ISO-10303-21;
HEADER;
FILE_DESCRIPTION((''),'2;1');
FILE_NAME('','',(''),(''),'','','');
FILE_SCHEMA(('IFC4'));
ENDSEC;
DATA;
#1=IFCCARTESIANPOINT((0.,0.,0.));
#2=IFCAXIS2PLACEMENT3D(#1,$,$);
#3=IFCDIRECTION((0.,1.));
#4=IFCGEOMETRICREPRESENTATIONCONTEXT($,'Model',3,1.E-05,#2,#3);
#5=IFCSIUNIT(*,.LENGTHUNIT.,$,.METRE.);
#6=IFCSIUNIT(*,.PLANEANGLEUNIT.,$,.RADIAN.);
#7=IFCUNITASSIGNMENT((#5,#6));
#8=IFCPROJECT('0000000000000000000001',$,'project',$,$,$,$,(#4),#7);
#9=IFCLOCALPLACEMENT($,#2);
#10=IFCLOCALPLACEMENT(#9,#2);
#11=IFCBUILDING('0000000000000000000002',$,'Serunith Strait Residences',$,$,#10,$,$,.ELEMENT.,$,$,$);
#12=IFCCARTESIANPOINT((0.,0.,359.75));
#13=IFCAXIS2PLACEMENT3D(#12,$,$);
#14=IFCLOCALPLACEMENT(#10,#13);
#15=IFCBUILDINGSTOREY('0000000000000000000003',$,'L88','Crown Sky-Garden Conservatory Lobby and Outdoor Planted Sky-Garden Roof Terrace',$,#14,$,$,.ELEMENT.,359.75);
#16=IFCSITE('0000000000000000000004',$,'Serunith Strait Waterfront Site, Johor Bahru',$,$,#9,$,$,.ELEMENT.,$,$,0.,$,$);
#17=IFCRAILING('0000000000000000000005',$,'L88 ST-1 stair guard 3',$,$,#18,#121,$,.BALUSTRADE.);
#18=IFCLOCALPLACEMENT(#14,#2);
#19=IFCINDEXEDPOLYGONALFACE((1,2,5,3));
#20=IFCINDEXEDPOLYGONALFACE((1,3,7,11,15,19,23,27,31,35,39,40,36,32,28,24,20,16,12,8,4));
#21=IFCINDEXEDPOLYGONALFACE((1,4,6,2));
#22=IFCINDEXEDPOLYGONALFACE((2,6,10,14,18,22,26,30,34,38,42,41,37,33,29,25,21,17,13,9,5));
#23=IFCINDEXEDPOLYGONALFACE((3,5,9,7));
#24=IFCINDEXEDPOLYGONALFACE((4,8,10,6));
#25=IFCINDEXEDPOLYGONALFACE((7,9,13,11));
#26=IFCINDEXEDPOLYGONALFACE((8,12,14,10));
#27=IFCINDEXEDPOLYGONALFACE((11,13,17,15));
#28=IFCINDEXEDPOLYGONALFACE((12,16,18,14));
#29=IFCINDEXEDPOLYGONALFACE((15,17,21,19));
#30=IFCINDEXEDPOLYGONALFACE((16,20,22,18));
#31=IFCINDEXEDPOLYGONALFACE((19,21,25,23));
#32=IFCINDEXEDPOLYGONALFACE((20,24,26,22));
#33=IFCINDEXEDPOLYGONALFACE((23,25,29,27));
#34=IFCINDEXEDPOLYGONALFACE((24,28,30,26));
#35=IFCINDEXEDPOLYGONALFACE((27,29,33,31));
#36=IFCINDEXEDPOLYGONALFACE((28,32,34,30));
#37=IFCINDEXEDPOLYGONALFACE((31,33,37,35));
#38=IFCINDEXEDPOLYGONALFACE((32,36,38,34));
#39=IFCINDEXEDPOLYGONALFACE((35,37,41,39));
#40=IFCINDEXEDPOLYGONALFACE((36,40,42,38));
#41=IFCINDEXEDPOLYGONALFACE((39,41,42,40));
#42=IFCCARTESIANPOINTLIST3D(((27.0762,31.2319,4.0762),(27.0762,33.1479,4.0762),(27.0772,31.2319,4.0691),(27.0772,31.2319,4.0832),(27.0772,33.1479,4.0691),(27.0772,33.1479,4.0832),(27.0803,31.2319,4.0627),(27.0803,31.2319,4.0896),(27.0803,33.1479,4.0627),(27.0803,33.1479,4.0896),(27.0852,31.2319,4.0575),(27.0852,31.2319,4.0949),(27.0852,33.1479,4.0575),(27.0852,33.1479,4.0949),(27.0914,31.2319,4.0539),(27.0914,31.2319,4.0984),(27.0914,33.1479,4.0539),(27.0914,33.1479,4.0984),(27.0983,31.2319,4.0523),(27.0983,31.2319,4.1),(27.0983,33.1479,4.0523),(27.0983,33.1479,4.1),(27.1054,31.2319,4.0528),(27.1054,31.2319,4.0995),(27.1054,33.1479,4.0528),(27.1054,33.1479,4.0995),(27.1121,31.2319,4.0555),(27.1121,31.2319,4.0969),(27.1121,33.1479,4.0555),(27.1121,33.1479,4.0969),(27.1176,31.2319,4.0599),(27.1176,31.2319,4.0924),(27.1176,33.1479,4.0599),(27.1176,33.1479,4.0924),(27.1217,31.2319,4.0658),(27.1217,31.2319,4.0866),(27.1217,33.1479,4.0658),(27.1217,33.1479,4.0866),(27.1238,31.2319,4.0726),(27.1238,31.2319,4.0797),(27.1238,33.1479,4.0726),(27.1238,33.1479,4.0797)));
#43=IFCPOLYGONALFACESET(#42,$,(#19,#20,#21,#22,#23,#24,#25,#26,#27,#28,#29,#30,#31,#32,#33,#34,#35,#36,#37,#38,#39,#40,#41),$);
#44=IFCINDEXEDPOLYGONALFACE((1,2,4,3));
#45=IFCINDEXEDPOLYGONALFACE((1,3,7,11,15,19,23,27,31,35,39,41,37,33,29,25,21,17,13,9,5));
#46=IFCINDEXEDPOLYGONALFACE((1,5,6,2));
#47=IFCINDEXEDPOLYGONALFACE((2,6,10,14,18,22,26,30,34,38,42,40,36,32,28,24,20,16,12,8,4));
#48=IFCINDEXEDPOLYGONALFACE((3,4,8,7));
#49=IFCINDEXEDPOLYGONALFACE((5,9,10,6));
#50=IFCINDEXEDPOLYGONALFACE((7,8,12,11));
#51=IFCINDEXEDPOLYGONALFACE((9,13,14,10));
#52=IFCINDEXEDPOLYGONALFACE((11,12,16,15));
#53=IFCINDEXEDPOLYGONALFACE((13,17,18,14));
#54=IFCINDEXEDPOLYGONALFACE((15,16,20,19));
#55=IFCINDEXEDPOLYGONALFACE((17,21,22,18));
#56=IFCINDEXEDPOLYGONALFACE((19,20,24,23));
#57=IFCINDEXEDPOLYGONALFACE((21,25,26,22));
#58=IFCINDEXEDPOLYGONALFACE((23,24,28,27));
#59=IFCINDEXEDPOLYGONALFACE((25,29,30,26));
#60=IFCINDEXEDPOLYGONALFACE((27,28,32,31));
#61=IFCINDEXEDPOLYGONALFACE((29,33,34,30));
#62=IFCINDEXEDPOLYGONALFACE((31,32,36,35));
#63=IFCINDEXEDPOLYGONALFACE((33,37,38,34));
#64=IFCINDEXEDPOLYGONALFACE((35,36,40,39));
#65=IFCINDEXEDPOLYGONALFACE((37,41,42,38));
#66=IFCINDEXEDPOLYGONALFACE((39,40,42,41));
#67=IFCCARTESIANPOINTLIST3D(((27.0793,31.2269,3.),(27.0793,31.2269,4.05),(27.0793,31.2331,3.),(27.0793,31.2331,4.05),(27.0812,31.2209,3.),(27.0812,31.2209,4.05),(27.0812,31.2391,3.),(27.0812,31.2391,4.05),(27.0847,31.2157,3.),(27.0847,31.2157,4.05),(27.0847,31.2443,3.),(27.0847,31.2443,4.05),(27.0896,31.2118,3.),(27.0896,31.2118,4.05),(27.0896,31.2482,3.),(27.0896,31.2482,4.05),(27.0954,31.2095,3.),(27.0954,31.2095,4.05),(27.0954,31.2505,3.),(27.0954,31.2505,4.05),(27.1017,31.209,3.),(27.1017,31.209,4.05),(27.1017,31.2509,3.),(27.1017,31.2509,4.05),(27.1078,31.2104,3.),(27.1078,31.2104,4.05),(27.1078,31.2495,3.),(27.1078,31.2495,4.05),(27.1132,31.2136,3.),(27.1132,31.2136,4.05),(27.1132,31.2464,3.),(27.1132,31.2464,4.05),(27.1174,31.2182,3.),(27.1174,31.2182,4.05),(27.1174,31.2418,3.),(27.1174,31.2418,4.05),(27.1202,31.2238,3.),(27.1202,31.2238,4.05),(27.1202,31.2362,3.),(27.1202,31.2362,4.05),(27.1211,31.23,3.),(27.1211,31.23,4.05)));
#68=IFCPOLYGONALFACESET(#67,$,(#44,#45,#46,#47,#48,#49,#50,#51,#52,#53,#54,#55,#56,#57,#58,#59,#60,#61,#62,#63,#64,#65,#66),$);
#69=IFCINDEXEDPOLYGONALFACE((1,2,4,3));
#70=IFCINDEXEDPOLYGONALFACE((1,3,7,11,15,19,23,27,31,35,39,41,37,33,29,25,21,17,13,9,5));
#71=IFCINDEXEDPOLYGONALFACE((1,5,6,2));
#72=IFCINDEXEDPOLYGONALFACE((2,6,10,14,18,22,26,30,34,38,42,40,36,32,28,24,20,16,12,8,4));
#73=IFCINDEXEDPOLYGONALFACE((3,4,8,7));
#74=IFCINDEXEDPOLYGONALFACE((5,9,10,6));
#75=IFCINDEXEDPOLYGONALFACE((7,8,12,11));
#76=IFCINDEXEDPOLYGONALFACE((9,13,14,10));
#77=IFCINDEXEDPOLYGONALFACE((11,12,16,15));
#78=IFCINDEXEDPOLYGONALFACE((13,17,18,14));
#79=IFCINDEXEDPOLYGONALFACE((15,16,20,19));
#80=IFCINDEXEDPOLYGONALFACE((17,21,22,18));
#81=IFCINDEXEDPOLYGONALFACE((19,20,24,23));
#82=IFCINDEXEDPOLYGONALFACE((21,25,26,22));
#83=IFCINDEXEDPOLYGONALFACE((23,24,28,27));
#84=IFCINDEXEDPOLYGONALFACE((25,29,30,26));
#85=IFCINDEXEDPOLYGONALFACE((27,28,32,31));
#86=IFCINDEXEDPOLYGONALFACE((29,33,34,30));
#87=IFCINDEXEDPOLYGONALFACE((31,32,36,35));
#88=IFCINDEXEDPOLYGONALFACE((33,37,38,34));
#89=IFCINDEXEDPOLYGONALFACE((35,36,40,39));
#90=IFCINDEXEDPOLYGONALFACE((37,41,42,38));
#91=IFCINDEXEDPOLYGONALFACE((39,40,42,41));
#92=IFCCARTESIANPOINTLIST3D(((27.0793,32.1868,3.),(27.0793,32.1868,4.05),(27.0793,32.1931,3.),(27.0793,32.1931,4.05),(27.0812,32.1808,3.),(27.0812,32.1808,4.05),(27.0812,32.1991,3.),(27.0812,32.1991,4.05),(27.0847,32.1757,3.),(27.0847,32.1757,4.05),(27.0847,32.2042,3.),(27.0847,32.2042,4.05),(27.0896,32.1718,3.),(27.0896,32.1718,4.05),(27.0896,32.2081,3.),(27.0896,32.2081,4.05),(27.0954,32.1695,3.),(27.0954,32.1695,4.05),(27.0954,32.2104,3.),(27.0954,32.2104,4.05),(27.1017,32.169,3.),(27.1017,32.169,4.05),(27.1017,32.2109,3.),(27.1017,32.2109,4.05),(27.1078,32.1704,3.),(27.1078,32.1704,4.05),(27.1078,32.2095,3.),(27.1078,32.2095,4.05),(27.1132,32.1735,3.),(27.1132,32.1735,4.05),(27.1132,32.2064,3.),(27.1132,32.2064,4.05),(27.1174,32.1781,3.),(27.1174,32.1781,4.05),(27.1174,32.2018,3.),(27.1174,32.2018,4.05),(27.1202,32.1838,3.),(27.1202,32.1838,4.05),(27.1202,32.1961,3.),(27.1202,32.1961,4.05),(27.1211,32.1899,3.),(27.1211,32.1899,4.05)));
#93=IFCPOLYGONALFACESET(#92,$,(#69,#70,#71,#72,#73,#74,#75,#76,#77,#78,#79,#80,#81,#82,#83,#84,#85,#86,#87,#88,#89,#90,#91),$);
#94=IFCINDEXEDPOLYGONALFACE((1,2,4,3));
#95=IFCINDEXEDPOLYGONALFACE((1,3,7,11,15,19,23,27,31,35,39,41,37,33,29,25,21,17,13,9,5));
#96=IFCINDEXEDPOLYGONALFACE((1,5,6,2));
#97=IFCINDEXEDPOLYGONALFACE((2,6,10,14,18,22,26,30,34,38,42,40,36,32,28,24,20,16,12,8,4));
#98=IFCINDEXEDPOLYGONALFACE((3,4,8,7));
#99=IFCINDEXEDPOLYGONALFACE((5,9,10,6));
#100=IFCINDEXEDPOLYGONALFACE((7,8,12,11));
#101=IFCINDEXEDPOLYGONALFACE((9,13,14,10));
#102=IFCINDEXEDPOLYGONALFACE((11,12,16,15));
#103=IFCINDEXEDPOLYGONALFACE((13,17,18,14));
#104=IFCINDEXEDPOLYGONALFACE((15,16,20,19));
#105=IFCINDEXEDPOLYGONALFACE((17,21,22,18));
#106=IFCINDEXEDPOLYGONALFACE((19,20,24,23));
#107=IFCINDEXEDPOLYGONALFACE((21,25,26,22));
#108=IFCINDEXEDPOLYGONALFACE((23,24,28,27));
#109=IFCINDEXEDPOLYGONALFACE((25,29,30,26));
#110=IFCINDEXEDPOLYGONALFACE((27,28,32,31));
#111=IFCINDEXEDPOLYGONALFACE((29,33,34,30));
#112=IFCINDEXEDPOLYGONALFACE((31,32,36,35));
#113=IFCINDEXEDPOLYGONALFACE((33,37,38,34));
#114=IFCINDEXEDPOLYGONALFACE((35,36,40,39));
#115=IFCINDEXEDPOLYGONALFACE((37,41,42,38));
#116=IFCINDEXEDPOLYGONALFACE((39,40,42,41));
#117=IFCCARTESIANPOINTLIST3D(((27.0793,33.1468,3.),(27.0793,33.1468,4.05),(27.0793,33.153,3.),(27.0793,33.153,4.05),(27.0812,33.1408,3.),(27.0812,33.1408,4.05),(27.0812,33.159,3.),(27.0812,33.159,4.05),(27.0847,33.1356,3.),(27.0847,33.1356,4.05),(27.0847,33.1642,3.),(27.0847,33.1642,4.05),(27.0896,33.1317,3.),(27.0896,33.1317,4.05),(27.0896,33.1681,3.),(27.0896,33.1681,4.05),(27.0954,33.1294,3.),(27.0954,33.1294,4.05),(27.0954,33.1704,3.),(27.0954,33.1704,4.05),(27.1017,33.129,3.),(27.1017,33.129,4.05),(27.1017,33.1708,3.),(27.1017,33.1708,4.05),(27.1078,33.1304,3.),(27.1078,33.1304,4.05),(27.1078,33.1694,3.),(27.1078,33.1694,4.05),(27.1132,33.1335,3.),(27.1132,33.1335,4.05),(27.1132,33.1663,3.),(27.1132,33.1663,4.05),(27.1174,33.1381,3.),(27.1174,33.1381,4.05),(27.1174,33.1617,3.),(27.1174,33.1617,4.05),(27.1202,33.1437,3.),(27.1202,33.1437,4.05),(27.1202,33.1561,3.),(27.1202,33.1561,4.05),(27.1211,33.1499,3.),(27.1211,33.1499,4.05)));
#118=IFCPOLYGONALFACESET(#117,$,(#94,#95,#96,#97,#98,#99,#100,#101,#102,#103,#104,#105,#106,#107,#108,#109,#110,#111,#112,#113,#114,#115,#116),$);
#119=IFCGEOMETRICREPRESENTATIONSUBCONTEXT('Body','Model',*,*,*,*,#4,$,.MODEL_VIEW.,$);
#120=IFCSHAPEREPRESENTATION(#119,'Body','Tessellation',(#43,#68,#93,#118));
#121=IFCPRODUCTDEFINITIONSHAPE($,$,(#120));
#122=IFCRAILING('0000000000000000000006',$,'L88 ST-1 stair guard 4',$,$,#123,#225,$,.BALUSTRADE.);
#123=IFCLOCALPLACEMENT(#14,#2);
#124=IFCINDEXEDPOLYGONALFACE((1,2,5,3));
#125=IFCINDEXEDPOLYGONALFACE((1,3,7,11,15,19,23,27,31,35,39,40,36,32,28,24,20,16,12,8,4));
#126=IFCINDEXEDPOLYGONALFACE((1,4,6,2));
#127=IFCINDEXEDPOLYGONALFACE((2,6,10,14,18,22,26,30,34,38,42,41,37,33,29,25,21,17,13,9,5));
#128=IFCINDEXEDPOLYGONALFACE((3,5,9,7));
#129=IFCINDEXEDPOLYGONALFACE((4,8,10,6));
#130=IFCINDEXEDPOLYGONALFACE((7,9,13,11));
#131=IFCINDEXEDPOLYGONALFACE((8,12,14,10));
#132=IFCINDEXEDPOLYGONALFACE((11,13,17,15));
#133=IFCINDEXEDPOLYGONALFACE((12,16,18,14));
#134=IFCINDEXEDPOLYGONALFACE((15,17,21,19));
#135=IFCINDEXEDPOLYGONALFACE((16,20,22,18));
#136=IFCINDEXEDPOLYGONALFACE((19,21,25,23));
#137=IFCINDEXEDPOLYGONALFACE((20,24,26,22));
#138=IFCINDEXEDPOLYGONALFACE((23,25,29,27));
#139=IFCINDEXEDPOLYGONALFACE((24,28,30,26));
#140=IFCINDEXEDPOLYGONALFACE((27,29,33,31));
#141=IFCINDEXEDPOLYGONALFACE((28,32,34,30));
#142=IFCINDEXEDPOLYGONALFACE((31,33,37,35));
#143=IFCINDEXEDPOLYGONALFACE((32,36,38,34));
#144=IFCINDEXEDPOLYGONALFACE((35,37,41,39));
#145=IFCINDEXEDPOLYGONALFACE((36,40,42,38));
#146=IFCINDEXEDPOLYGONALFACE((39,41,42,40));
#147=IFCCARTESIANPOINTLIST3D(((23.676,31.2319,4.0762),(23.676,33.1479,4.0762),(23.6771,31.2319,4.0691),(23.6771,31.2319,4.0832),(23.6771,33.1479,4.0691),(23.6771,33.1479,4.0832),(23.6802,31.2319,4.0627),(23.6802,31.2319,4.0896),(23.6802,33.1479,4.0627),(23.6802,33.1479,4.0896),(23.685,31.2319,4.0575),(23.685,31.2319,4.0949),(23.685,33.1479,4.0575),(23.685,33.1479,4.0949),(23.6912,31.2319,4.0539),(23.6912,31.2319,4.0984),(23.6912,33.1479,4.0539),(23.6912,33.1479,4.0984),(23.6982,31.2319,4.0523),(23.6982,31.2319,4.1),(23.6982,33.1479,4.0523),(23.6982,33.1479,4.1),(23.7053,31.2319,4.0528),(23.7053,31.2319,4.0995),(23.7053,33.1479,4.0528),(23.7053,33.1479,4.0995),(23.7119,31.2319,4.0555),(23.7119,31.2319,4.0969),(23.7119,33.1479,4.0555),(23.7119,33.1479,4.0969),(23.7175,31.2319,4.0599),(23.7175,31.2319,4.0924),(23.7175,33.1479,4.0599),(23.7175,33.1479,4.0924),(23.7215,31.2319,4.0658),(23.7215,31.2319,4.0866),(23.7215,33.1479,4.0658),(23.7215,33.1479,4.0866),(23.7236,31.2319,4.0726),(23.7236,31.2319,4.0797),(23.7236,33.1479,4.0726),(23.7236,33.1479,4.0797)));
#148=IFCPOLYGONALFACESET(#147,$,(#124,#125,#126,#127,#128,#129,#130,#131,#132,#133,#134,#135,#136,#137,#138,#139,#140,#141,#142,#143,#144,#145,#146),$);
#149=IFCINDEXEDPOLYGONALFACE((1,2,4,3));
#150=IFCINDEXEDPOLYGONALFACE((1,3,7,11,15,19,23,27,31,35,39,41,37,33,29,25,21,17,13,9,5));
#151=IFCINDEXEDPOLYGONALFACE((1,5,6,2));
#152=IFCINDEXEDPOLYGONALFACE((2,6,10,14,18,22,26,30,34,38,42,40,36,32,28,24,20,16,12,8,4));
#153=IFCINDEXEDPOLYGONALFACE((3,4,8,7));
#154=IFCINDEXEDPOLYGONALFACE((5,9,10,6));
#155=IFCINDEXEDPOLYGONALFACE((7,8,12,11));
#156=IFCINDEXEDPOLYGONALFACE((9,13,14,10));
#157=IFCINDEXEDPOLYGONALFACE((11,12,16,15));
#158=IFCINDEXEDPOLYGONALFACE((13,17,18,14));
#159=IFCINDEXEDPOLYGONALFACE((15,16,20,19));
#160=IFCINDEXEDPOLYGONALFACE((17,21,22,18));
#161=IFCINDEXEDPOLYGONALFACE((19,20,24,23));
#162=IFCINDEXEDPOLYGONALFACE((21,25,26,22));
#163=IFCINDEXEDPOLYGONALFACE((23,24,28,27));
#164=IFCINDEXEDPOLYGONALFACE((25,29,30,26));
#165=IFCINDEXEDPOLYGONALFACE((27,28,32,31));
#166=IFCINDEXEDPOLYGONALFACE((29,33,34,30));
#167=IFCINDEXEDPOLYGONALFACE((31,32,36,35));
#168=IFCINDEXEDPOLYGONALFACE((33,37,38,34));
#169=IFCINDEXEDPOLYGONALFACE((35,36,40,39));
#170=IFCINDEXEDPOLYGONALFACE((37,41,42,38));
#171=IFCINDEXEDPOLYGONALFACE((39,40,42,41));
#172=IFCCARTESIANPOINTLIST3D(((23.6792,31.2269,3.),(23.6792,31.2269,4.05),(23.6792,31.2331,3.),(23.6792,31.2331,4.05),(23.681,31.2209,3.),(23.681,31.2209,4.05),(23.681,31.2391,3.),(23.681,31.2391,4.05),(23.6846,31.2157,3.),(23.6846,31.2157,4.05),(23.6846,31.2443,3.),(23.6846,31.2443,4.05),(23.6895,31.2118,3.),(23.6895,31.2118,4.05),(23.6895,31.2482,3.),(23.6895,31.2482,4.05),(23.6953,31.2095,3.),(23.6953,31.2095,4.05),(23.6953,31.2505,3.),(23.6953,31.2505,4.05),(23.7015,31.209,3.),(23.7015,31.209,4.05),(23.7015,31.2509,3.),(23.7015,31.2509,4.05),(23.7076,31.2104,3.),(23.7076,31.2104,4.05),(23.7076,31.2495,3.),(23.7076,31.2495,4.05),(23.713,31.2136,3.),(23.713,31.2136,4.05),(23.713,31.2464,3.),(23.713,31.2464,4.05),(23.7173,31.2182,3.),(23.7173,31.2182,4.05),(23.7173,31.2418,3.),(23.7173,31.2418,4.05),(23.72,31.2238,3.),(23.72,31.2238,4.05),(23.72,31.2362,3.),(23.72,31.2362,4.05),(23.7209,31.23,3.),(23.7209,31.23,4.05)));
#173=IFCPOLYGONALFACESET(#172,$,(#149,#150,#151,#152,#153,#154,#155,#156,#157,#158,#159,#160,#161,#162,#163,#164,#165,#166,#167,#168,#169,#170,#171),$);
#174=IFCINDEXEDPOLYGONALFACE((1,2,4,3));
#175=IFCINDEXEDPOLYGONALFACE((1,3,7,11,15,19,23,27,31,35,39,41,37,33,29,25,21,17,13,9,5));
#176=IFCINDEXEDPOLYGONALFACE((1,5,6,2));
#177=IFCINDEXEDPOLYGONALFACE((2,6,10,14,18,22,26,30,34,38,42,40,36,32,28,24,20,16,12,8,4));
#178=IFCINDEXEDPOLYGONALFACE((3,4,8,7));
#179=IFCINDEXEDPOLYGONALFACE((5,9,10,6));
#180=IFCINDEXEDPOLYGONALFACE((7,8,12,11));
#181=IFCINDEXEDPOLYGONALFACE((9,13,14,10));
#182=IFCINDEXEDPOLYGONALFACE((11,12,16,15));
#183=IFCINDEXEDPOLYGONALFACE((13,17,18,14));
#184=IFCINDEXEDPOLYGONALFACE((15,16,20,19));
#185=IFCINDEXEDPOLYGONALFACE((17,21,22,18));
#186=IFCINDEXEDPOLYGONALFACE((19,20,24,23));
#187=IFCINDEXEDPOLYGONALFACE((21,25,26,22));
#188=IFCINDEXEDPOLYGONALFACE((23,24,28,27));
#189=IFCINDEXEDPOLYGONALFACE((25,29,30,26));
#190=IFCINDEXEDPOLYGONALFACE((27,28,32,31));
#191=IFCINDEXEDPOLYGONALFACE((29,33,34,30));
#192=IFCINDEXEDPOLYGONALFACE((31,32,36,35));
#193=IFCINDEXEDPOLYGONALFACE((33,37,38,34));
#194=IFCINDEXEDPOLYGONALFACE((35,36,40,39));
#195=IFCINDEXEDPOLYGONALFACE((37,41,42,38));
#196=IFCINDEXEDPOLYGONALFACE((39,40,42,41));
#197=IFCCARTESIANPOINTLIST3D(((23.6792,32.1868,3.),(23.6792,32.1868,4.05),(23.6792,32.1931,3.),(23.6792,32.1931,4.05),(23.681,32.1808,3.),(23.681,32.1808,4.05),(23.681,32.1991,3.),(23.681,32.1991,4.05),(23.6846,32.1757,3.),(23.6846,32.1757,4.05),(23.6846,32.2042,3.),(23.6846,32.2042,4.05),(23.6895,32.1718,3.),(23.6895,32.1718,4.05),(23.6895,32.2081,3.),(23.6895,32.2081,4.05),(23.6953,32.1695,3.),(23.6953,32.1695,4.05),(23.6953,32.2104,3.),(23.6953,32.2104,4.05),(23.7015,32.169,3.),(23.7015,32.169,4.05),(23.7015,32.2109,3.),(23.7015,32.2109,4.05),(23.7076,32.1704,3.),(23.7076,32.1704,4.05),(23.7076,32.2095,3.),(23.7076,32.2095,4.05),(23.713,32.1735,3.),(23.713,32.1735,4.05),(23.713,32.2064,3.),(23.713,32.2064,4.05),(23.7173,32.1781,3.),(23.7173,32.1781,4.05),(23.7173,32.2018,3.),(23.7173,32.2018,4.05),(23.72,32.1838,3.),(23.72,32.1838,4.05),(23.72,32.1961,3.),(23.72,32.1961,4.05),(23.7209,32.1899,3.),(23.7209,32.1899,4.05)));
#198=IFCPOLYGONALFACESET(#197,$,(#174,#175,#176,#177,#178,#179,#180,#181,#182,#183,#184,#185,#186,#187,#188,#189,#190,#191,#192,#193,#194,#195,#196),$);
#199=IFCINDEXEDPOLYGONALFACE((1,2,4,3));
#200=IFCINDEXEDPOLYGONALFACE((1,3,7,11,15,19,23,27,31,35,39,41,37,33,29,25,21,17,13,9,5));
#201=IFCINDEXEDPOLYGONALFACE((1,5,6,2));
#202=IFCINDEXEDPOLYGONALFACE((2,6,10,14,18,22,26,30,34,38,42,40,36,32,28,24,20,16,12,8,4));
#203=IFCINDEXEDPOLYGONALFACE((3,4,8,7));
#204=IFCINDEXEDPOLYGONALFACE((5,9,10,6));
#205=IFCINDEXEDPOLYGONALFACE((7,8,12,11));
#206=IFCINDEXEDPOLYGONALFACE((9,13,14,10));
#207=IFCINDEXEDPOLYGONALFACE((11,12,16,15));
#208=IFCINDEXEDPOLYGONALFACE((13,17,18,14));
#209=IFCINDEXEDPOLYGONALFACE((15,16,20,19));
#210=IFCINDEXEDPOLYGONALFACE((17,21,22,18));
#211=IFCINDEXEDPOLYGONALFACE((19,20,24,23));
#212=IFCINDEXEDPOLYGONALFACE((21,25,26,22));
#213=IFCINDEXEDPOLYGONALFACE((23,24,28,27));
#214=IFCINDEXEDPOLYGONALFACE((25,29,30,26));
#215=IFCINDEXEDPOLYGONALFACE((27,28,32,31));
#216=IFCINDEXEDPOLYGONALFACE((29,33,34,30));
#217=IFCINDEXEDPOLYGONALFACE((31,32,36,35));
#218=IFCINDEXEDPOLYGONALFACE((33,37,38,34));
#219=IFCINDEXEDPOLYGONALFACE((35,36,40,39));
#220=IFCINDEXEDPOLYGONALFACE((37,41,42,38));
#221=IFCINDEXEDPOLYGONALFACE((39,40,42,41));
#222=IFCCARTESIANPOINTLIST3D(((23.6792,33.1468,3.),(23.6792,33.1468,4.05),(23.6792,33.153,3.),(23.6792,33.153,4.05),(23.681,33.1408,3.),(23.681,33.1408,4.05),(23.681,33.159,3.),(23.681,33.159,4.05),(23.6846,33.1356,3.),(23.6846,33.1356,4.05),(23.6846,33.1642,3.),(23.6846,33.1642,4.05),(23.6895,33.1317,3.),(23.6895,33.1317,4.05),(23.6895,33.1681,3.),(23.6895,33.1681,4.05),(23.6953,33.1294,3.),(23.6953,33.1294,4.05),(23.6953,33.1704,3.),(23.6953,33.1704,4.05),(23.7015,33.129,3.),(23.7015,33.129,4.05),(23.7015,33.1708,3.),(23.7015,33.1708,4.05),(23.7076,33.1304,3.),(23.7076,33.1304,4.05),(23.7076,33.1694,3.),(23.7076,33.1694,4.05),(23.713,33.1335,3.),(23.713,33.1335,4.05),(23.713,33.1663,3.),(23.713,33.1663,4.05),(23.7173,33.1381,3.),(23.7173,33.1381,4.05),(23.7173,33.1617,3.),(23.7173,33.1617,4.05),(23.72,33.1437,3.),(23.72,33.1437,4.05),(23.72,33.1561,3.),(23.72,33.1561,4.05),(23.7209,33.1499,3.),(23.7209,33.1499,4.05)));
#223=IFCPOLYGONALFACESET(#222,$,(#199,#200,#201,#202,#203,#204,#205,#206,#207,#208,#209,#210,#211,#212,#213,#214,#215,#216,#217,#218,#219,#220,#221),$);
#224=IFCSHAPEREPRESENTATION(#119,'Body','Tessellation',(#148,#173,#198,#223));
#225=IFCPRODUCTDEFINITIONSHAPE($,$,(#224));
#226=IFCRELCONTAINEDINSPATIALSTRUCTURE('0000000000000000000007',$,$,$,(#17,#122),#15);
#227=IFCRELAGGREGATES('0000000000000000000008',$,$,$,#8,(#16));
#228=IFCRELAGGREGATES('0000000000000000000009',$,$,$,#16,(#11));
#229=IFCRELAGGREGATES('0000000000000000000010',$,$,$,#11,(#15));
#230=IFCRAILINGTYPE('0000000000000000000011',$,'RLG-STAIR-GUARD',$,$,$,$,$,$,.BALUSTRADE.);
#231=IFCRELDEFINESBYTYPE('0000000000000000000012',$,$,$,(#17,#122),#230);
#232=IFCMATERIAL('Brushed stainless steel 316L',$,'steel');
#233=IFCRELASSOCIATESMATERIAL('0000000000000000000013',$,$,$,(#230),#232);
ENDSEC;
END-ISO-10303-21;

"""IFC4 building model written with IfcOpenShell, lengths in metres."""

from ifc_helpers import new_model, si_unit, direction, frame, origin, origin_2d, place, context, subcontext, project, spatial, circle, extrude, material, type_object, element, save


model = new_model("IFC4")

# Units and contexts
model_context = context("Model", 3, precision=1e-05, world=origin(), true_north=direction((0.0, 1.0)))
body_context = subcontext(model_context, "Body", "Model", "MODEL_VIEW")
ifc_project = project(units=[si_unit("LENGTHUNIT", "METRE"), si_unit("PLANEANGLEUNIT", "RADIAN")], contexts=[model_context])

# Site, building, storey
site_placement = place(None, origin())
site = spatial("IfcSite", under=ifc_project, at=site_placement, Name="Serunith Strait Waterfront Site, Johor Bahru", CompositionType="ELEMENT", RefElevation=0.0)
building_placement = place(site_placement, origin())
building = spatial("IfcBuilding", under=site, at=building_placement, Name="Serunith Strait Residences", CompositionType="ELEMENT")
storey_placement = place(building_placement, frame((0.0, 0.0, 359.75)))
storey = spatial("IfcBuildingStorey", under=building, at=storey_placement, Name="L88", Description="Crown Sky-Garden Conservatory Lobby and Outdoor Planted Sky-Garden Roof Terrace", CompositionType="ELEMENT", Elevation=359.75)

# Railings
ifc_material_1 = material(Name="Brushed stainless steel 316L", Category="steel")
railing_type_1 = type_object("IfcRailingType", Name="RLG-STAIR-GUARD", PredefinedType="BALUSTRADE", material=ifc_material_1)
for number, where, name in (
    (1, (27.1001, 31.23, 3.0), "L88 ST-1 stair guard 3"),
    (2, (23.7, 31.23, 3.0), "L88 ST-1 stair guard 4"),
):
    element("IfcRailing", number, at=place(storey_placement, frame(where)), inside=storey, type_object=railing_type_1, Name=name, PredefinedType="BALUSTRADE", context=body_context, shape_type="SweptSolid", body=[
        extrude(circle(Radius=0.0239, at=origin_2d()), frame((0.0, 0.002, 1.0762), z_axis=(0.0, 1.0, 0.0), x_axis=(-1.0, 0.0, 0.0)), (0.0, 0.0, 1.0), 1.916),
        extrude(circle(Radius=0.021, at=origin_2d()), origin(), (0.0, 0.0, 1.0), 1.05),
        extrude(circle(Radius=0.021, at=origin_2d()), frame((0.0, 0.96, 0.0)), (0.0, 0.0, 1.0), 1.05),
        extrude(circle(Radius=0.021, at=origin_2d()), frame((0.0, 1.9199, 0.0)), (0.0, 0.0, 1.0), 1.05),
    ])

save(model, "model.ifc")
